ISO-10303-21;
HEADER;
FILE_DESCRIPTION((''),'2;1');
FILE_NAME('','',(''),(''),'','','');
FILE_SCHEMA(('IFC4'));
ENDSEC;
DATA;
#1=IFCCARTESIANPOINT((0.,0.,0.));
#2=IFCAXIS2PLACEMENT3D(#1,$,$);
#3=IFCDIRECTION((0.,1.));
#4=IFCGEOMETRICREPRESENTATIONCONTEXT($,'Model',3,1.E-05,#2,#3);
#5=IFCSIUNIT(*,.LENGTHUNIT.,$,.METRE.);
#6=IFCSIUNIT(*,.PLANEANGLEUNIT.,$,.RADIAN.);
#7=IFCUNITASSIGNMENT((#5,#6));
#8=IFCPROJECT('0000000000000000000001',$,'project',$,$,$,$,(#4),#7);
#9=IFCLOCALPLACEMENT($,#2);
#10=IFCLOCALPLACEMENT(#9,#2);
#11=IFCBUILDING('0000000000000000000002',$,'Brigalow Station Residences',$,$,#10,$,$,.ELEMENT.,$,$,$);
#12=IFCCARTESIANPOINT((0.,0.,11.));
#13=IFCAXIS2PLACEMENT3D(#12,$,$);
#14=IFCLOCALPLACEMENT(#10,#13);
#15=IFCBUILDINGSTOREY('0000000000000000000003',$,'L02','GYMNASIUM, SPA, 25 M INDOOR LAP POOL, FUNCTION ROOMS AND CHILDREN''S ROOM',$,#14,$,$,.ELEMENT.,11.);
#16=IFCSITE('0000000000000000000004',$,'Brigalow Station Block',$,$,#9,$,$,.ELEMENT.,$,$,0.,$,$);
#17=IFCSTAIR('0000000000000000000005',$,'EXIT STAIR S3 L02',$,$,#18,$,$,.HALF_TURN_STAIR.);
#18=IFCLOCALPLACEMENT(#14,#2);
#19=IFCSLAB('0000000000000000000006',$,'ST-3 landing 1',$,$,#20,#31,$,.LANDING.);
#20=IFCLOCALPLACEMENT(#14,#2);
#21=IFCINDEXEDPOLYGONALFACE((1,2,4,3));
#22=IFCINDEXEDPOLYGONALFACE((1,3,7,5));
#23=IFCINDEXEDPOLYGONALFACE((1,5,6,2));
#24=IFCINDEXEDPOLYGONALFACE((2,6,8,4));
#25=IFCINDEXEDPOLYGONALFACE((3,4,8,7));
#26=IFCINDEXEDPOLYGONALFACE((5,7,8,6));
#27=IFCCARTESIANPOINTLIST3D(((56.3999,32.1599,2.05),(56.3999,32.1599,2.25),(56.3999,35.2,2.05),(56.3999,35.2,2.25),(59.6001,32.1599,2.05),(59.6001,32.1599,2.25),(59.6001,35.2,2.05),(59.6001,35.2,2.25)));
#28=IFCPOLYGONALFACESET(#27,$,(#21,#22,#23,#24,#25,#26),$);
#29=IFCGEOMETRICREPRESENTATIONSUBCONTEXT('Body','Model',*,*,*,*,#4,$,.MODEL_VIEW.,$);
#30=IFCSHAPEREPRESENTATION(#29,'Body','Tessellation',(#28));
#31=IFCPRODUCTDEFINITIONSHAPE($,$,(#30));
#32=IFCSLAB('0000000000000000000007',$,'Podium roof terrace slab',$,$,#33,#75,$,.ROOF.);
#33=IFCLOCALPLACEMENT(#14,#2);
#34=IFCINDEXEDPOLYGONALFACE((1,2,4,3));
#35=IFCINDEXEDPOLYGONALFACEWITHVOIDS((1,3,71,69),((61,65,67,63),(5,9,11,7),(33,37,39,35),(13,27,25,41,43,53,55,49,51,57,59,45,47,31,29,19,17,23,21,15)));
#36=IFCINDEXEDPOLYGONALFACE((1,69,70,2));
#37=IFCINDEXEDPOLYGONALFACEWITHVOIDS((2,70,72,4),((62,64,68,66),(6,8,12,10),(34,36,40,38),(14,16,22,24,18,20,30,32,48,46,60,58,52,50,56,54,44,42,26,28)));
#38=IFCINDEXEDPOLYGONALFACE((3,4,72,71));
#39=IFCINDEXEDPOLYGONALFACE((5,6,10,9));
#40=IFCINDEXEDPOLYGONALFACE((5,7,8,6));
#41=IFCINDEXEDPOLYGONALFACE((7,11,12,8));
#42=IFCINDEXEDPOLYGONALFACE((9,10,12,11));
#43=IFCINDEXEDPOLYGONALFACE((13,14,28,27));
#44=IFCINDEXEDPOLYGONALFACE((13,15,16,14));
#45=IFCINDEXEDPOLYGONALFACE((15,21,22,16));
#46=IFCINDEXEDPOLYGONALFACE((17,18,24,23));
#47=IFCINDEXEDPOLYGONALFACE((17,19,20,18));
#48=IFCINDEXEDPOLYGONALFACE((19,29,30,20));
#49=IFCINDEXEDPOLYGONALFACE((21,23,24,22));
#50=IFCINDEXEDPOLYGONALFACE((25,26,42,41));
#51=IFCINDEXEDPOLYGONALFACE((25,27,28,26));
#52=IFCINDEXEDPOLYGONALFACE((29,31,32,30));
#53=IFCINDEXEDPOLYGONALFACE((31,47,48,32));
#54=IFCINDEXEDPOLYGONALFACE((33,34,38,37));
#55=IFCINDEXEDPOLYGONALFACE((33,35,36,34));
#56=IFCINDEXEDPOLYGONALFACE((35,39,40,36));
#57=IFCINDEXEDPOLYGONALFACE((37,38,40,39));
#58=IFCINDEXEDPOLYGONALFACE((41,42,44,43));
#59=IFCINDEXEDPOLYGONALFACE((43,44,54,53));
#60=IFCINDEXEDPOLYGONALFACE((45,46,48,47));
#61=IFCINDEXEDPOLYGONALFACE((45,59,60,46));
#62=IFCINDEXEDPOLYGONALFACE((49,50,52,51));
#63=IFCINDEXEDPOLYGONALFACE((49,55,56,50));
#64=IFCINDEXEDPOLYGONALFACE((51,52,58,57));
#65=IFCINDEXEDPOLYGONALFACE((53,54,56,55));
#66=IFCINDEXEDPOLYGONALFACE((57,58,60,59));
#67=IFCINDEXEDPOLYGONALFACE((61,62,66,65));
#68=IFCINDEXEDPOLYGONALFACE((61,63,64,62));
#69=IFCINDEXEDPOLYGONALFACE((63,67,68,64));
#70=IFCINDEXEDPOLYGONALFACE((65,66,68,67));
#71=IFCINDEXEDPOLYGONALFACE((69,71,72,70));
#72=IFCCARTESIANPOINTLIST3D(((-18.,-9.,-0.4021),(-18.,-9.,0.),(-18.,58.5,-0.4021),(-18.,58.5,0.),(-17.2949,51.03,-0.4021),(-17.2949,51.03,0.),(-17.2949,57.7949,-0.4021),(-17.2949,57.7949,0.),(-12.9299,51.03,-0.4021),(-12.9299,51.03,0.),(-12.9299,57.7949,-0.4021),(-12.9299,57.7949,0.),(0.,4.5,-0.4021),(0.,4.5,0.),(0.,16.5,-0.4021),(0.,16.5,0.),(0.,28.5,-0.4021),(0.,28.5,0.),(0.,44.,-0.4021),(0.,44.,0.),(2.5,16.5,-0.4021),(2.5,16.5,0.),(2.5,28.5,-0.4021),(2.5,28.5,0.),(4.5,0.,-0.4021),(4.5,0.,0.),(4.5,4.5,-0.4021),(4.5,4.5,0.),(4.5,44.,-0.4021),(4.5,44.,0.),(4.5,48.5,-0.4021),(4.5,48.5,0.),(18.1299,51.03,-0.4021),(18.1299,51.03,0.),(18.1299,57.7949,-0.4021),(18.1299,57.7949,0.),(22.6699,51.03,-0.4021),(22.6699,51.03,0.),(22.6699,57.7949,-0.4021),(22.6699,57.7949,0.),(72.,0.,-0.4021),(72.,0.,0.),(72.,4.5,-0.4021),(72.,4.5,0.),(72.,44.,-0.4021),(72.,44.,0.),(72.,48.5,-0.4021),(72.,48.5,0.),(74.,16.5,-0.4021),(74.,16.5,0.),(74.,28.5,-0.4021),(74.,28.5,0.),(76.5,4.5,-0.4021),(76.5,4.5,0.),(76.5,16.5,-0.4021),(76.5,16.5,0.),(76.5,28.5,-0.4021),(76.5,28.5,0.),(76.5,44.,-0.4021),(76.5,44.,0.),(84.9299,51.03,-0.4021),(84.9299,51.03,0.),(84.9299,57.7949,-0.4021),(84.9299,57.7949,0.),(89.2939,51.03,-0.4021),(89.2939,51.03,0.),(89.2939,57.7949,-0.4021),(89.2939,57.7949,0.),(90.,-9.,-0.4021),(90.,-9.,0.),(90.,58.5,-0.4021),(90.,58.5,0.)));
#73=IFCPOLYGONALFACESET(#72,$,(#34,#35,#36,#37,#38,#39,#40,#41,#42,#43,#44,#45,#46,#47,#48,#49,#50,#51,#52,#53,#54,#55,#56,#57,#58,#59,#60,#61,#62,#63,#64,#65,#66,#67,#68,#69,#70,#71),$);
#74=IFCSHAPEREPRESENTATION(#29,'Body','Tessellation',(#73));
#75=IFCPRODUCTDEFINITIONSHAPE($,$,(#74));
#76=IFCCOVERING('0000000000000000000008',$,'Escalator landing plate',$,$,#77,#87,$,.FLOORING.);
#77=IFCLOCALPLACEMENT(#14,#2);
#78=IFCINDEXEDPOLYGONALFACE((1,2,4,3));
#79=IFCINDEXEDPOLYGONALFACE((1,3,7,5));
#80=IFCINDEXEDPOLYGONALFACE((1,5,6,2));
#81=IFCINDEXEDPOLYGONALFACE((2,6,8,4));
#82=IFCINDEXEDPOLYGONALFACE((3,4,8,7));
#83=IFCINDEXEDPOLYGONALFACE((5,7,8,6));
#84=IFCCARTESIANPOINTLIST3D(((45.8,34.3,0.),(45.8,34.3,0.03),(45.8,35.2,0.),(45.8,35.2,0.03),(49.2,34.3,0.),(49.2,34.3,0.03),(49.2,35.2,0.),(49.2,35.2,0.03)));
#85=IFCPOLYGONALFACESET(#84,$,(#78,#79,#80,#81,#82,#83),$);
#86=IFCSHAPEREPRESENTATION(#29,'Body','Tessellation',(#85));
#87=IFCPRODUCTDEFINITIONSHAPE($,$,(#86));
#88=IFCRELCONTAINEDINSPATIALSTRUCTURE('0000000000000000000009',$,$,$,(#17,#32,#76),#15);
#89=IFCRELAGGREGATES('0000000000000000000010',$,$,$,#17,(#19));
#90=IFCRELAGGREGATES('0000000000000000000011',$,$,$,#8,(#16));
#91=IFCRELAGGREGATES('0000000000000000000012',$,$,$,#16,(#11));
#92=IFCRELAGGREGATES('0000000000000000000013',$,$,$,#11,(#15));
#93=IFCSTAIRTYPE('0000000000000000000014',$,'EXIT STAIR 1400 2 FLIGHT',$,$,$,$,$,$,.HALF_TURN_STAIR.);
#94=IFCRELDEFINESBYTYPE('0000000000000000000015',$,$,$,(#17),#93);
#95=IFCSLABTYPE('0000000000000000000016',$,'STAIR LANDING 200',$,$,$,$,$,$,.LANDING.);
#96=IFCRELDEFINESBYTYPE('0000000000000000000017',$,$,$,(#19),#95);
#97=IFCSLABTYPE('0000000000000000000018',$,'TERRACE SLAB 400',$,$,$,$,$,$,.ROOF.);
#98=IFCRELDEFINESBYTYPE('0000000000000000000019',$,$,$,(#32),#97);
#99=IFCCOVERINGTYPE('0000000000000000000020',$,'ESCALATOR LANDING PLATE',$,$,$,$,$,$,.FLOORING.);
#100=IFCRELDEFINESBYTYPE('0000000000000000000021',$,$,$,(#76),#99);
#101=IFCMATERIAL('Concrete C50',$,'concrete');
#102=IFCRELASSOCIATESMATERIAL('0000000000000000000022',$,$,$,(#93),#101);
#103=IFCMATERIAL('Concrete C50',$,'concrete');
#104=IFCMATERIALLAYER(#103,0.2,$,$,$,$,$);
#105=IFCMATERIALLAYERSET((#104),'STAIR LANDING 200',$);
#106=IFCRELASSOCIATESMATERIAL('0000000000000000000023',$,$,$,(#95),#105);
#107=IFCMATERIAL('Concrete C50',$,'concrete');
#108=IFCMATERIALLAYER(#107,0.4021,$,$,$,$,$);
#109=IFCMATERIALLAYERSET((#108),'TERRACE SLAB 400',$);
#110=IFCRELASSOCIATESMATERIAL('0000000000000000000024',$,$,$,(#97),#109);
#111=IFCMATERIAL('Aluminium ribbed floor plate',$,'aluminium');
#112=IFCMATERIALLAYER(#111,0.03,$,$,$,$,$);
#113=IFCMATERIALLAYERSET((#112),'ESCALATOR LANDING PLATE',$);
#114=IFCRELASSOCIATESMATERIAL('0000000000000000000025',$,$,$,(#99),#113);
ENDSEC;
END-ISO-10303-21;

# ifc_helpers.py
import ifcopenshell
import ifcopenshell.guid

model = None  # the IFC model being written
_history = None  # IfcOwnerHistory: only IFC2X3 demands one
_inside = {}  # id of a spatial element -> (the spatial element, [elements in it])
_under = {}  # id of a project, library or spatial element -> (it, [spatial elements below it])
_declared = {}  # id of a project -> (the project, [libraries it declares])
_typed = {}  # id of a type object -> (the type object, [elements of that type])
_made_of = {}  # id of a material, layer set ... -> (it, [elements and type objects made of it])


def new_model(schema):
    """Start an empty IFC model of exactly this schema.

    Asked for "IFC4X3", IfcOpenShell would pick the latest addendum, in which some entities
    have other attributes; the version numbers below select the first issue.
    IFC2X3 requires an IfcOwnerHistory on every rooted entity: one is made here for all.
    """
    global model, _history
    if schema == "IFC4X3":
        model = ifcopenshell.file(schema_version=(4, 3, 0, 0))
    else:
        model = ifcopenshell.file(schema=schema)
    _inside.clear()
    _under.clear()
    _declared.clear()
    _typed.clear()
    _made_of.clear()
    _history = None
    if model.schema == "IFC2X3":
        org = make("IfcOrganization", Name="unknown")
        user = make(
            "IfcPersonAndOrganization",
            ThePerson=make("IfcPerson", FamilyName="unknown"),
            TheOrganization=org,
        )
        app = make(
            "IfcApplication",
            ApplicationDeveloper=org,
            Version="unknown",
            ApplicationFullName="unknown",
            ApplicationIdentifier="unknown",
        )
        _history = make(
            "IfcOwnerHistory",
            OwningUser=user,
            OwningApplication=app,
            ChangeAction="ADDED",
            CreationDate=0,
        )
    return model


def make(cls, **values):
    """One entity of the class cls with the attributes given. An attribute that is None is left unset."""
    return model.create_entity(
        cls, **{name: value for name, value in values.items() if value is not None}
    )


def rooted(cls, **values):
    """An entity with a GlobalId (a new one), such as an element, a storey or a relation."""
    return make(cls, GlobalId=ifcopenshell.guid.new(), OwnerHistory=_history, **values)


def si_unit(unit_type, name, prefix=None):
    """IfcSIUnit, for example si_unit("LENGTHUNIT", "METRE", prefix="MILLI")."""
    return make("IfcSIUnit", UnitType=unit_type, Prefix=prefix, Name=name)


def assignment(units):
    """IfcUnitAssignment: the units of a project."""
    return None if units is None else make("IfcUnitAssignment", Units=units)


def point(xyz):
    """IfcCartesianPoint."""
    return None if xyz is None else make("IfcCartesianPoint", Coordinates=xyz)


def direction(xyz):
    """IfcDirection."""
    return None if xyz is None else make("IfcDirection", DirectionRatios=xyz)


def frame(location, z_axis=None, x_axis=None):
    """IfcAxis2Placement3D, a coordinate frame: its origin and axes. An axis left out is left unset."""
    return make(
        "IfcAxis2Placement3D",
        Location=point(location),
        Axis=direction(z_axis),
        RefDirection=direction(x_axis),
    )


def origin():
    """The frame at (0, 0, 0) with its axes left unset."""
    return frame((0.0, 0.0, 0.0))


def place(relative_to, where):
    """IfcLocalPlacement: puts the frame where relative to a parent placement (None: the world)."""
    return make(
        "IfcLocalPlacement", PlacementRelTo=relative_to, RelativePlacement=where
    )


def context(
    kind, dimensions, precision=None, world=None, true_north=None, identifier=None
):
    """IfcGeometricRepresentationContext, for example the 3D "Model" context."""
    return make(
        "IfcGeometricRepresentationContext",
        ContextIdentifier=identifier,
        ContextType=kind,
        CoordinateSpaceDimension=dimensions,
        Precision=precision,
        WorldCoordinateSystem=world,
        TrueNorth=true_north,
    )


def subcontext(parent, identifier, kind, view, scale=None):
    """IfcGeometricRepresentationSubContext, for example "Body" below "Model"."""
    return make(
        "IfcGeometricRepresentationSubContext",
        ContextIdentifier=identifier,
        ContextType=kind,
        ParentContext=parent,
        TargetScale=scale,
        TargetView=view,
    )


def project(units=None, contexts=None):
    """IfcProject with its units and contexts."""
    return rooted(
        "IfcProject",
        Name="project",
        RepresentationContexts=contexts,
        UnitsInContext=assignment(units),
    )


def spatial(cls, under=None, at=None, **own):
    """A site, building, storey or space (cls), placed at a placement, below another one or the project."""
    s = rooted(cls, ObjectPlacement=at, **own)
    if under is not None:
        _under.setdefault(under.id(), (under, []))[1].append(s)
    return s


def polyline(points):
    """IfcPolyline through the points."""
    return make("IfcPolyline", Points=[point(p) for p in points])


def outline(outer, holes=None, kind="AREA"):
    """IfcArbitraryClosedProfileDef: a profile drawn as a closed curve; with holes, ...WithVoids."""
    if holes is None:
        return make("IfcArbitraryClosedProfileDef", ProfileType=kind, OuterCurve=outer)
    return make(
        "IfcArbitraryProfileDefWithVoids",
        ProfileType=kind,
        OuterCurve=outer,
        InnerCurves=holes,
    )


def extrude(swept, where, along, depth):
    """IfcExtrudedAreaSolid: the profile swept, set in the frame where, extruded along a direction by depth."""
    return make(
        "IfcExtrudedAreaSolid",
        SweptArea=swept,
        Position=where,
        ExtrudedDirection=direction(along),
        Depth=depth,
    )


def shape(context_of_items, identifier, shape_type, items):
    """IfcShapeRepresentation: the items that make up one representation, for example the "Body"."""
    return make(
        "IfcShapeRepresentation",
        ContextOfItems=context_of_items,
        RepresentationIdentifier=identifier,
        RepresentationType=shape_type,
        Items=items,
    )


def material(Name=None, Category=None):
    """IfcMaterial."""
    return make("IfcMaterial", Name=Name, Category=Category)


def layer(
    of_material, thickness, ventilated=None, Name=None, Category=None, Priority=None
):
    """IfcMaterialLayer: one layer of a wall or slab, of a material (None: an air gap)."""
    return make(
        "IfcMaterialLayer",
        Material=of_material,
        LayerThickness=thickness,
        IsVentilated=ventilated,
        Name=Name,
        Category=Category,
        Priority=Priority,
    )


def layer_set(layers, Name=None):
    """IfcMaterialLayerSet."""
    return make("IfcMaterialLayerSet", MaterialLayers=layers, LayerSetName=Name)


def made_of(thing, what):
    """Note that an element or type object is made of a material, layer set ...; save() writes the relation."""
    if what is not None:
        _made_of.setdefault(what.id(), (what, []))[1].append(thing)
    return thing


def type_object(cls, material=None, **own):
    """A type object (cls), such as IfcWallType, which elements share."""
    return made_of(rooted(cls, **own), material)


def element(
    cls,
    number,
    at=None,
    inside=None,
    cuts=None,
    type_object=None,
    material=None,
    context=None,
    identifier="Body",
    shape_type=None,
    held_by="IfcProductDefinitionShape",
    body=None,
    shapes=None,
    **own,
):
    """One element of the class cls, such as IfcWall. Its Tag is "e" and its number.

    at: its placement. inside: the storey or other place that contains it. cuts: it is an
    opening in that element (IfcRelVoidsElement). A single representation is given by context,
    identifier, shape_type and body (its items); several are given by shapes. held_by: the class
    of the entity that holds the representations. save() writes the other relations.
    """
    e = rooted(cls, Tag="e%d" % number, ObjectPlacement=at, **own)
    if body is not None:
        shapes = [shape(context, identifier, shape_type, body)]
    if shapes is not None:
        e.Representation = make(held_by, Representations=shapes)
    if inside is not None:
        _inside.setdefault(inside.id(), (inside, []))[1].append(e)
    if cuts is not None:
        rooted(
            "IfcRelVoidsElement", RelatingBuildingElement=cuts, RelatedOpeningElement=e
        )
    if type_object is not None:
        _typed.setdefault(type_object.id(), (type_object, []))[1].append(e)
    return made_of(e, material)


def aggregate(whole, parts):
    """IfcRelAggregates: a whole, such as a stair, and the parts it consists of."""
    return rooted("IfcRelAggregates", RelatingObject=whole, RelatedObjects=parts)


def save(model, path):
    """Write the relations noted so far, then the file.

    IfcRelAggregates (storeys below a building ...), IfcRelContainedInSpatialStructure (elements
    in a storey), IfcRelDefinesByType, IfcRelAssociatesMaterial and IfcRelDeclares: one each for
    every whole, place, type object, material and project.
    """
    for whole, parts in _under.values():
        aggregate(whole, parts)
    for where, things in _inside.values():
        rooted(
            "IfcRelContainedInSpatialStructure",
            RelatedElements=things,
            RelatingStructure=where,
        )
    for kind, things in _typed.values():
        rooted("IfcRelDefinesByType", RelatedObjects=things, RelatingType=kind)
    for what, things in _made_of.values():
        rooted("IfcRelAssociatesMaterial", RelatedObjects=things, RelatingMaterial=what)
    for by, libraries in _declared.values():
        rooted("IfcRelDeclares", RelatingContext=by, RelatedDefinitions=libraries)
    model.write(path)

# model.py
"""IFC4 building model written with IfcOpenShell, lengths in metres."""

from ifc_helpers import new_model, si_unit, direction, frame, origin, place, context, subcontext, project, spatial, polyline, outline, extrude, material, layer, layer_set, type_object, element, aggregate, save


model = new_model("IFC4")

# Units and contexts
model_context = context("Model", 3, precision=1e-05, world=origin(), true_north=direction((0.0, 1.0)))
body_context = subcontext(model_context, "Body", "Model", "MODEL_VIEW")
ifc_project = project(units=[si_unit("LENGTHUNIT", "METRE"), si_unit("PLANEANGLEUNIT", "RADIAN")], contexts=[model_context])

# Site, building, storey
site_placement = place(None, origin())
site = spatial("IfcSite", under=ifc_project, at=site_placement, Name="Brigalow Station Block", CompositionType="ELEMENT", RefElevation=0.0)
building_placement = place(site_placement, origin())
building = spatial("IfcBuilding", under=site, at=building_placement, Name="Brigalow Station Residences", CompositionType="ELEMENT")
storey_placement = place(building_placement, frame((0.0, 0.0, 11.0)))
storey = spatial("IfcBuildingStorey", under=building, at=storey_placement, Name="L02", Description="GYMNASIUM, SPA, 25 M INDOOR LAP POOL, FUNCTION ROOMS AND CHILDREN'S ROOM", CompositionType="ELEMENT", Elevation=11.0)

# Stair, slab
ifc_material_1 = material(Name="Concrete C50", Category="concrete")
stair_type = type_object("IfcStairType", Name="EXIT STAIR 1400 2 FLIGHT", PredefinedType="HALF_TURN_STAIR", material=ifc_material_1)
ifc_material_2 = material(Name="Concrete C50", Category="concrete")
ifc_layer_1 = layer(ifc_material_2, 0.2)
ifc_layer_set_1 = layer_set([ifc_layer_1], Name="STAIR LANDING 200")
slab_type_1 = type_object("IfcSlabType", Name="STAIR LANDING 200", PredefinedType="LANDING", material=ifc_layer_set_1)
stair_1_placement = place(storey_placement, origin())
stair_1 = element("IfcStair", 1, at=stair_1_placement, inside=storey, type_object=stair_type, Name="EXIT STAIR S3 L02", PredefinedType="HALF_TURN_STAIR")
slab_1_placement = place(storey_placement, frame((0.0, 0.0, 2.05)))
slab_1 = element("IfcSlab", 2, at=slab_1_placement, type_object=slab_type_1, Name="ST-3 landing 1", PredefinedType="LANDING", context=body_context, shape_type="SweptSolid", body=[
    extrude(outline(polyline([(56.3999, 32.1599), (59.6001, 32.1599), (59.6001, 35.2), (56.3999, 35.2), (56.3999, 32.1599)])), origin(), (0.0, 0.0, 1.0), 0.2),
])
aggregate(stair_1, [slab_1])

# Slab
ifc_material_3 = material(Name="Concrete C50", Category="concrete")
ifc_layer_2 = layer(ifc_material_3, 0.4021)
ifc_layer_set_2 = layer_set([ifc_layer_2], Name="TERRACE SLAB 400")
slab_type_2 = type_object("IfcSlabType", Name="TERRACE SLAB 400", PredefinedType="ROOF", material=ifc_layer_set_2)
slab_2_placement = place(storey_placement, frame((0.0, 0.0, -0.4021)))
element("IfcSlab", 3, at=slab_2_placement, inside=storey, type_object=slab_type_2, Name="Podium roof terrace slab", PredefinedType="ROOF", context=body_context, shape_type="SweptSolid", body=[
    extrude(outline(polyline([(-18.0, -9.0), (90.0, -9.0), (90.0, 58.5), (-18.0, 58.5), (-18.0, -9.0)]), holes=[polyline([(4.5, 0.0), (72.0, 0.0), (72.0, 4.5), (76.5, 4.5), (76.5, 16.5), (74.0, 16.5), (74.0, 28.5), (76.5, 28.5), (76.5, 44.0), (72.0, 44.0), (72.0, 48.5), (4.5, 48.5), (4.5, 44.0), (0.0, 44.0), (0.0, 28.5), (2.5, 28.5), (2.5, 16.5), (0.0, 16.5), (0.0, 4.5), (4.5, 4.5), (4.5, 0.0)]), polyline([(-12.9299, 57.7949), (-17.2949, 57.7949), (-17.2949, 51.03), (-12.9299, 51.03), (-12.9299, 57.7949)]), polyline([(89.2939, 57.7949), (84.9299, 57.7949), (84.9299, 51.03), (89.2939, 51.03), (89.2939, 57.7949)]), polyline([(22.6699, 57.7949), (18.1299, 57.7949), (18.1299, 51.03), (22.6699, 51.03), (22.6699, 57.7949)])]), origin(), (0.0, 0.0, 1.0), 0.4021),
])

# Covering
ifc_material_4 = material(Name="Aluminium ribbed floor plate", Category="aluminium")
ifc_layer_3 = layer(ifc_material_4, 0.03)
ifc_layer_set_3 = layer_set([ifc_layer_3], Name="ESCALATOR LANDING PLATE")
covering_type = type_object("IfcCoveringType", Name="ESCALATOR LANDING PLATE", PredefinedType="FLOORING", material=ifc_layer_set_3)
covering_placement = place(storey_placement, origin())
element("IfcCovering", 4, at=covering_placement, inside=storey, type_object=covering_type, Name="Escalator landing plate", PredefinedType="FLOORING", context=body_context, shape_type="SweptSolid", body=[
    extrude(outline(polyline([(45.8, 34.3), (49.2, 34.3), (49.2, 35.2), (45.8, 35.2), (45.8, 34.3)])), origin(), (0.0, 0.0, 1.0), 0.03),
])

save(model, "model.ifc")
